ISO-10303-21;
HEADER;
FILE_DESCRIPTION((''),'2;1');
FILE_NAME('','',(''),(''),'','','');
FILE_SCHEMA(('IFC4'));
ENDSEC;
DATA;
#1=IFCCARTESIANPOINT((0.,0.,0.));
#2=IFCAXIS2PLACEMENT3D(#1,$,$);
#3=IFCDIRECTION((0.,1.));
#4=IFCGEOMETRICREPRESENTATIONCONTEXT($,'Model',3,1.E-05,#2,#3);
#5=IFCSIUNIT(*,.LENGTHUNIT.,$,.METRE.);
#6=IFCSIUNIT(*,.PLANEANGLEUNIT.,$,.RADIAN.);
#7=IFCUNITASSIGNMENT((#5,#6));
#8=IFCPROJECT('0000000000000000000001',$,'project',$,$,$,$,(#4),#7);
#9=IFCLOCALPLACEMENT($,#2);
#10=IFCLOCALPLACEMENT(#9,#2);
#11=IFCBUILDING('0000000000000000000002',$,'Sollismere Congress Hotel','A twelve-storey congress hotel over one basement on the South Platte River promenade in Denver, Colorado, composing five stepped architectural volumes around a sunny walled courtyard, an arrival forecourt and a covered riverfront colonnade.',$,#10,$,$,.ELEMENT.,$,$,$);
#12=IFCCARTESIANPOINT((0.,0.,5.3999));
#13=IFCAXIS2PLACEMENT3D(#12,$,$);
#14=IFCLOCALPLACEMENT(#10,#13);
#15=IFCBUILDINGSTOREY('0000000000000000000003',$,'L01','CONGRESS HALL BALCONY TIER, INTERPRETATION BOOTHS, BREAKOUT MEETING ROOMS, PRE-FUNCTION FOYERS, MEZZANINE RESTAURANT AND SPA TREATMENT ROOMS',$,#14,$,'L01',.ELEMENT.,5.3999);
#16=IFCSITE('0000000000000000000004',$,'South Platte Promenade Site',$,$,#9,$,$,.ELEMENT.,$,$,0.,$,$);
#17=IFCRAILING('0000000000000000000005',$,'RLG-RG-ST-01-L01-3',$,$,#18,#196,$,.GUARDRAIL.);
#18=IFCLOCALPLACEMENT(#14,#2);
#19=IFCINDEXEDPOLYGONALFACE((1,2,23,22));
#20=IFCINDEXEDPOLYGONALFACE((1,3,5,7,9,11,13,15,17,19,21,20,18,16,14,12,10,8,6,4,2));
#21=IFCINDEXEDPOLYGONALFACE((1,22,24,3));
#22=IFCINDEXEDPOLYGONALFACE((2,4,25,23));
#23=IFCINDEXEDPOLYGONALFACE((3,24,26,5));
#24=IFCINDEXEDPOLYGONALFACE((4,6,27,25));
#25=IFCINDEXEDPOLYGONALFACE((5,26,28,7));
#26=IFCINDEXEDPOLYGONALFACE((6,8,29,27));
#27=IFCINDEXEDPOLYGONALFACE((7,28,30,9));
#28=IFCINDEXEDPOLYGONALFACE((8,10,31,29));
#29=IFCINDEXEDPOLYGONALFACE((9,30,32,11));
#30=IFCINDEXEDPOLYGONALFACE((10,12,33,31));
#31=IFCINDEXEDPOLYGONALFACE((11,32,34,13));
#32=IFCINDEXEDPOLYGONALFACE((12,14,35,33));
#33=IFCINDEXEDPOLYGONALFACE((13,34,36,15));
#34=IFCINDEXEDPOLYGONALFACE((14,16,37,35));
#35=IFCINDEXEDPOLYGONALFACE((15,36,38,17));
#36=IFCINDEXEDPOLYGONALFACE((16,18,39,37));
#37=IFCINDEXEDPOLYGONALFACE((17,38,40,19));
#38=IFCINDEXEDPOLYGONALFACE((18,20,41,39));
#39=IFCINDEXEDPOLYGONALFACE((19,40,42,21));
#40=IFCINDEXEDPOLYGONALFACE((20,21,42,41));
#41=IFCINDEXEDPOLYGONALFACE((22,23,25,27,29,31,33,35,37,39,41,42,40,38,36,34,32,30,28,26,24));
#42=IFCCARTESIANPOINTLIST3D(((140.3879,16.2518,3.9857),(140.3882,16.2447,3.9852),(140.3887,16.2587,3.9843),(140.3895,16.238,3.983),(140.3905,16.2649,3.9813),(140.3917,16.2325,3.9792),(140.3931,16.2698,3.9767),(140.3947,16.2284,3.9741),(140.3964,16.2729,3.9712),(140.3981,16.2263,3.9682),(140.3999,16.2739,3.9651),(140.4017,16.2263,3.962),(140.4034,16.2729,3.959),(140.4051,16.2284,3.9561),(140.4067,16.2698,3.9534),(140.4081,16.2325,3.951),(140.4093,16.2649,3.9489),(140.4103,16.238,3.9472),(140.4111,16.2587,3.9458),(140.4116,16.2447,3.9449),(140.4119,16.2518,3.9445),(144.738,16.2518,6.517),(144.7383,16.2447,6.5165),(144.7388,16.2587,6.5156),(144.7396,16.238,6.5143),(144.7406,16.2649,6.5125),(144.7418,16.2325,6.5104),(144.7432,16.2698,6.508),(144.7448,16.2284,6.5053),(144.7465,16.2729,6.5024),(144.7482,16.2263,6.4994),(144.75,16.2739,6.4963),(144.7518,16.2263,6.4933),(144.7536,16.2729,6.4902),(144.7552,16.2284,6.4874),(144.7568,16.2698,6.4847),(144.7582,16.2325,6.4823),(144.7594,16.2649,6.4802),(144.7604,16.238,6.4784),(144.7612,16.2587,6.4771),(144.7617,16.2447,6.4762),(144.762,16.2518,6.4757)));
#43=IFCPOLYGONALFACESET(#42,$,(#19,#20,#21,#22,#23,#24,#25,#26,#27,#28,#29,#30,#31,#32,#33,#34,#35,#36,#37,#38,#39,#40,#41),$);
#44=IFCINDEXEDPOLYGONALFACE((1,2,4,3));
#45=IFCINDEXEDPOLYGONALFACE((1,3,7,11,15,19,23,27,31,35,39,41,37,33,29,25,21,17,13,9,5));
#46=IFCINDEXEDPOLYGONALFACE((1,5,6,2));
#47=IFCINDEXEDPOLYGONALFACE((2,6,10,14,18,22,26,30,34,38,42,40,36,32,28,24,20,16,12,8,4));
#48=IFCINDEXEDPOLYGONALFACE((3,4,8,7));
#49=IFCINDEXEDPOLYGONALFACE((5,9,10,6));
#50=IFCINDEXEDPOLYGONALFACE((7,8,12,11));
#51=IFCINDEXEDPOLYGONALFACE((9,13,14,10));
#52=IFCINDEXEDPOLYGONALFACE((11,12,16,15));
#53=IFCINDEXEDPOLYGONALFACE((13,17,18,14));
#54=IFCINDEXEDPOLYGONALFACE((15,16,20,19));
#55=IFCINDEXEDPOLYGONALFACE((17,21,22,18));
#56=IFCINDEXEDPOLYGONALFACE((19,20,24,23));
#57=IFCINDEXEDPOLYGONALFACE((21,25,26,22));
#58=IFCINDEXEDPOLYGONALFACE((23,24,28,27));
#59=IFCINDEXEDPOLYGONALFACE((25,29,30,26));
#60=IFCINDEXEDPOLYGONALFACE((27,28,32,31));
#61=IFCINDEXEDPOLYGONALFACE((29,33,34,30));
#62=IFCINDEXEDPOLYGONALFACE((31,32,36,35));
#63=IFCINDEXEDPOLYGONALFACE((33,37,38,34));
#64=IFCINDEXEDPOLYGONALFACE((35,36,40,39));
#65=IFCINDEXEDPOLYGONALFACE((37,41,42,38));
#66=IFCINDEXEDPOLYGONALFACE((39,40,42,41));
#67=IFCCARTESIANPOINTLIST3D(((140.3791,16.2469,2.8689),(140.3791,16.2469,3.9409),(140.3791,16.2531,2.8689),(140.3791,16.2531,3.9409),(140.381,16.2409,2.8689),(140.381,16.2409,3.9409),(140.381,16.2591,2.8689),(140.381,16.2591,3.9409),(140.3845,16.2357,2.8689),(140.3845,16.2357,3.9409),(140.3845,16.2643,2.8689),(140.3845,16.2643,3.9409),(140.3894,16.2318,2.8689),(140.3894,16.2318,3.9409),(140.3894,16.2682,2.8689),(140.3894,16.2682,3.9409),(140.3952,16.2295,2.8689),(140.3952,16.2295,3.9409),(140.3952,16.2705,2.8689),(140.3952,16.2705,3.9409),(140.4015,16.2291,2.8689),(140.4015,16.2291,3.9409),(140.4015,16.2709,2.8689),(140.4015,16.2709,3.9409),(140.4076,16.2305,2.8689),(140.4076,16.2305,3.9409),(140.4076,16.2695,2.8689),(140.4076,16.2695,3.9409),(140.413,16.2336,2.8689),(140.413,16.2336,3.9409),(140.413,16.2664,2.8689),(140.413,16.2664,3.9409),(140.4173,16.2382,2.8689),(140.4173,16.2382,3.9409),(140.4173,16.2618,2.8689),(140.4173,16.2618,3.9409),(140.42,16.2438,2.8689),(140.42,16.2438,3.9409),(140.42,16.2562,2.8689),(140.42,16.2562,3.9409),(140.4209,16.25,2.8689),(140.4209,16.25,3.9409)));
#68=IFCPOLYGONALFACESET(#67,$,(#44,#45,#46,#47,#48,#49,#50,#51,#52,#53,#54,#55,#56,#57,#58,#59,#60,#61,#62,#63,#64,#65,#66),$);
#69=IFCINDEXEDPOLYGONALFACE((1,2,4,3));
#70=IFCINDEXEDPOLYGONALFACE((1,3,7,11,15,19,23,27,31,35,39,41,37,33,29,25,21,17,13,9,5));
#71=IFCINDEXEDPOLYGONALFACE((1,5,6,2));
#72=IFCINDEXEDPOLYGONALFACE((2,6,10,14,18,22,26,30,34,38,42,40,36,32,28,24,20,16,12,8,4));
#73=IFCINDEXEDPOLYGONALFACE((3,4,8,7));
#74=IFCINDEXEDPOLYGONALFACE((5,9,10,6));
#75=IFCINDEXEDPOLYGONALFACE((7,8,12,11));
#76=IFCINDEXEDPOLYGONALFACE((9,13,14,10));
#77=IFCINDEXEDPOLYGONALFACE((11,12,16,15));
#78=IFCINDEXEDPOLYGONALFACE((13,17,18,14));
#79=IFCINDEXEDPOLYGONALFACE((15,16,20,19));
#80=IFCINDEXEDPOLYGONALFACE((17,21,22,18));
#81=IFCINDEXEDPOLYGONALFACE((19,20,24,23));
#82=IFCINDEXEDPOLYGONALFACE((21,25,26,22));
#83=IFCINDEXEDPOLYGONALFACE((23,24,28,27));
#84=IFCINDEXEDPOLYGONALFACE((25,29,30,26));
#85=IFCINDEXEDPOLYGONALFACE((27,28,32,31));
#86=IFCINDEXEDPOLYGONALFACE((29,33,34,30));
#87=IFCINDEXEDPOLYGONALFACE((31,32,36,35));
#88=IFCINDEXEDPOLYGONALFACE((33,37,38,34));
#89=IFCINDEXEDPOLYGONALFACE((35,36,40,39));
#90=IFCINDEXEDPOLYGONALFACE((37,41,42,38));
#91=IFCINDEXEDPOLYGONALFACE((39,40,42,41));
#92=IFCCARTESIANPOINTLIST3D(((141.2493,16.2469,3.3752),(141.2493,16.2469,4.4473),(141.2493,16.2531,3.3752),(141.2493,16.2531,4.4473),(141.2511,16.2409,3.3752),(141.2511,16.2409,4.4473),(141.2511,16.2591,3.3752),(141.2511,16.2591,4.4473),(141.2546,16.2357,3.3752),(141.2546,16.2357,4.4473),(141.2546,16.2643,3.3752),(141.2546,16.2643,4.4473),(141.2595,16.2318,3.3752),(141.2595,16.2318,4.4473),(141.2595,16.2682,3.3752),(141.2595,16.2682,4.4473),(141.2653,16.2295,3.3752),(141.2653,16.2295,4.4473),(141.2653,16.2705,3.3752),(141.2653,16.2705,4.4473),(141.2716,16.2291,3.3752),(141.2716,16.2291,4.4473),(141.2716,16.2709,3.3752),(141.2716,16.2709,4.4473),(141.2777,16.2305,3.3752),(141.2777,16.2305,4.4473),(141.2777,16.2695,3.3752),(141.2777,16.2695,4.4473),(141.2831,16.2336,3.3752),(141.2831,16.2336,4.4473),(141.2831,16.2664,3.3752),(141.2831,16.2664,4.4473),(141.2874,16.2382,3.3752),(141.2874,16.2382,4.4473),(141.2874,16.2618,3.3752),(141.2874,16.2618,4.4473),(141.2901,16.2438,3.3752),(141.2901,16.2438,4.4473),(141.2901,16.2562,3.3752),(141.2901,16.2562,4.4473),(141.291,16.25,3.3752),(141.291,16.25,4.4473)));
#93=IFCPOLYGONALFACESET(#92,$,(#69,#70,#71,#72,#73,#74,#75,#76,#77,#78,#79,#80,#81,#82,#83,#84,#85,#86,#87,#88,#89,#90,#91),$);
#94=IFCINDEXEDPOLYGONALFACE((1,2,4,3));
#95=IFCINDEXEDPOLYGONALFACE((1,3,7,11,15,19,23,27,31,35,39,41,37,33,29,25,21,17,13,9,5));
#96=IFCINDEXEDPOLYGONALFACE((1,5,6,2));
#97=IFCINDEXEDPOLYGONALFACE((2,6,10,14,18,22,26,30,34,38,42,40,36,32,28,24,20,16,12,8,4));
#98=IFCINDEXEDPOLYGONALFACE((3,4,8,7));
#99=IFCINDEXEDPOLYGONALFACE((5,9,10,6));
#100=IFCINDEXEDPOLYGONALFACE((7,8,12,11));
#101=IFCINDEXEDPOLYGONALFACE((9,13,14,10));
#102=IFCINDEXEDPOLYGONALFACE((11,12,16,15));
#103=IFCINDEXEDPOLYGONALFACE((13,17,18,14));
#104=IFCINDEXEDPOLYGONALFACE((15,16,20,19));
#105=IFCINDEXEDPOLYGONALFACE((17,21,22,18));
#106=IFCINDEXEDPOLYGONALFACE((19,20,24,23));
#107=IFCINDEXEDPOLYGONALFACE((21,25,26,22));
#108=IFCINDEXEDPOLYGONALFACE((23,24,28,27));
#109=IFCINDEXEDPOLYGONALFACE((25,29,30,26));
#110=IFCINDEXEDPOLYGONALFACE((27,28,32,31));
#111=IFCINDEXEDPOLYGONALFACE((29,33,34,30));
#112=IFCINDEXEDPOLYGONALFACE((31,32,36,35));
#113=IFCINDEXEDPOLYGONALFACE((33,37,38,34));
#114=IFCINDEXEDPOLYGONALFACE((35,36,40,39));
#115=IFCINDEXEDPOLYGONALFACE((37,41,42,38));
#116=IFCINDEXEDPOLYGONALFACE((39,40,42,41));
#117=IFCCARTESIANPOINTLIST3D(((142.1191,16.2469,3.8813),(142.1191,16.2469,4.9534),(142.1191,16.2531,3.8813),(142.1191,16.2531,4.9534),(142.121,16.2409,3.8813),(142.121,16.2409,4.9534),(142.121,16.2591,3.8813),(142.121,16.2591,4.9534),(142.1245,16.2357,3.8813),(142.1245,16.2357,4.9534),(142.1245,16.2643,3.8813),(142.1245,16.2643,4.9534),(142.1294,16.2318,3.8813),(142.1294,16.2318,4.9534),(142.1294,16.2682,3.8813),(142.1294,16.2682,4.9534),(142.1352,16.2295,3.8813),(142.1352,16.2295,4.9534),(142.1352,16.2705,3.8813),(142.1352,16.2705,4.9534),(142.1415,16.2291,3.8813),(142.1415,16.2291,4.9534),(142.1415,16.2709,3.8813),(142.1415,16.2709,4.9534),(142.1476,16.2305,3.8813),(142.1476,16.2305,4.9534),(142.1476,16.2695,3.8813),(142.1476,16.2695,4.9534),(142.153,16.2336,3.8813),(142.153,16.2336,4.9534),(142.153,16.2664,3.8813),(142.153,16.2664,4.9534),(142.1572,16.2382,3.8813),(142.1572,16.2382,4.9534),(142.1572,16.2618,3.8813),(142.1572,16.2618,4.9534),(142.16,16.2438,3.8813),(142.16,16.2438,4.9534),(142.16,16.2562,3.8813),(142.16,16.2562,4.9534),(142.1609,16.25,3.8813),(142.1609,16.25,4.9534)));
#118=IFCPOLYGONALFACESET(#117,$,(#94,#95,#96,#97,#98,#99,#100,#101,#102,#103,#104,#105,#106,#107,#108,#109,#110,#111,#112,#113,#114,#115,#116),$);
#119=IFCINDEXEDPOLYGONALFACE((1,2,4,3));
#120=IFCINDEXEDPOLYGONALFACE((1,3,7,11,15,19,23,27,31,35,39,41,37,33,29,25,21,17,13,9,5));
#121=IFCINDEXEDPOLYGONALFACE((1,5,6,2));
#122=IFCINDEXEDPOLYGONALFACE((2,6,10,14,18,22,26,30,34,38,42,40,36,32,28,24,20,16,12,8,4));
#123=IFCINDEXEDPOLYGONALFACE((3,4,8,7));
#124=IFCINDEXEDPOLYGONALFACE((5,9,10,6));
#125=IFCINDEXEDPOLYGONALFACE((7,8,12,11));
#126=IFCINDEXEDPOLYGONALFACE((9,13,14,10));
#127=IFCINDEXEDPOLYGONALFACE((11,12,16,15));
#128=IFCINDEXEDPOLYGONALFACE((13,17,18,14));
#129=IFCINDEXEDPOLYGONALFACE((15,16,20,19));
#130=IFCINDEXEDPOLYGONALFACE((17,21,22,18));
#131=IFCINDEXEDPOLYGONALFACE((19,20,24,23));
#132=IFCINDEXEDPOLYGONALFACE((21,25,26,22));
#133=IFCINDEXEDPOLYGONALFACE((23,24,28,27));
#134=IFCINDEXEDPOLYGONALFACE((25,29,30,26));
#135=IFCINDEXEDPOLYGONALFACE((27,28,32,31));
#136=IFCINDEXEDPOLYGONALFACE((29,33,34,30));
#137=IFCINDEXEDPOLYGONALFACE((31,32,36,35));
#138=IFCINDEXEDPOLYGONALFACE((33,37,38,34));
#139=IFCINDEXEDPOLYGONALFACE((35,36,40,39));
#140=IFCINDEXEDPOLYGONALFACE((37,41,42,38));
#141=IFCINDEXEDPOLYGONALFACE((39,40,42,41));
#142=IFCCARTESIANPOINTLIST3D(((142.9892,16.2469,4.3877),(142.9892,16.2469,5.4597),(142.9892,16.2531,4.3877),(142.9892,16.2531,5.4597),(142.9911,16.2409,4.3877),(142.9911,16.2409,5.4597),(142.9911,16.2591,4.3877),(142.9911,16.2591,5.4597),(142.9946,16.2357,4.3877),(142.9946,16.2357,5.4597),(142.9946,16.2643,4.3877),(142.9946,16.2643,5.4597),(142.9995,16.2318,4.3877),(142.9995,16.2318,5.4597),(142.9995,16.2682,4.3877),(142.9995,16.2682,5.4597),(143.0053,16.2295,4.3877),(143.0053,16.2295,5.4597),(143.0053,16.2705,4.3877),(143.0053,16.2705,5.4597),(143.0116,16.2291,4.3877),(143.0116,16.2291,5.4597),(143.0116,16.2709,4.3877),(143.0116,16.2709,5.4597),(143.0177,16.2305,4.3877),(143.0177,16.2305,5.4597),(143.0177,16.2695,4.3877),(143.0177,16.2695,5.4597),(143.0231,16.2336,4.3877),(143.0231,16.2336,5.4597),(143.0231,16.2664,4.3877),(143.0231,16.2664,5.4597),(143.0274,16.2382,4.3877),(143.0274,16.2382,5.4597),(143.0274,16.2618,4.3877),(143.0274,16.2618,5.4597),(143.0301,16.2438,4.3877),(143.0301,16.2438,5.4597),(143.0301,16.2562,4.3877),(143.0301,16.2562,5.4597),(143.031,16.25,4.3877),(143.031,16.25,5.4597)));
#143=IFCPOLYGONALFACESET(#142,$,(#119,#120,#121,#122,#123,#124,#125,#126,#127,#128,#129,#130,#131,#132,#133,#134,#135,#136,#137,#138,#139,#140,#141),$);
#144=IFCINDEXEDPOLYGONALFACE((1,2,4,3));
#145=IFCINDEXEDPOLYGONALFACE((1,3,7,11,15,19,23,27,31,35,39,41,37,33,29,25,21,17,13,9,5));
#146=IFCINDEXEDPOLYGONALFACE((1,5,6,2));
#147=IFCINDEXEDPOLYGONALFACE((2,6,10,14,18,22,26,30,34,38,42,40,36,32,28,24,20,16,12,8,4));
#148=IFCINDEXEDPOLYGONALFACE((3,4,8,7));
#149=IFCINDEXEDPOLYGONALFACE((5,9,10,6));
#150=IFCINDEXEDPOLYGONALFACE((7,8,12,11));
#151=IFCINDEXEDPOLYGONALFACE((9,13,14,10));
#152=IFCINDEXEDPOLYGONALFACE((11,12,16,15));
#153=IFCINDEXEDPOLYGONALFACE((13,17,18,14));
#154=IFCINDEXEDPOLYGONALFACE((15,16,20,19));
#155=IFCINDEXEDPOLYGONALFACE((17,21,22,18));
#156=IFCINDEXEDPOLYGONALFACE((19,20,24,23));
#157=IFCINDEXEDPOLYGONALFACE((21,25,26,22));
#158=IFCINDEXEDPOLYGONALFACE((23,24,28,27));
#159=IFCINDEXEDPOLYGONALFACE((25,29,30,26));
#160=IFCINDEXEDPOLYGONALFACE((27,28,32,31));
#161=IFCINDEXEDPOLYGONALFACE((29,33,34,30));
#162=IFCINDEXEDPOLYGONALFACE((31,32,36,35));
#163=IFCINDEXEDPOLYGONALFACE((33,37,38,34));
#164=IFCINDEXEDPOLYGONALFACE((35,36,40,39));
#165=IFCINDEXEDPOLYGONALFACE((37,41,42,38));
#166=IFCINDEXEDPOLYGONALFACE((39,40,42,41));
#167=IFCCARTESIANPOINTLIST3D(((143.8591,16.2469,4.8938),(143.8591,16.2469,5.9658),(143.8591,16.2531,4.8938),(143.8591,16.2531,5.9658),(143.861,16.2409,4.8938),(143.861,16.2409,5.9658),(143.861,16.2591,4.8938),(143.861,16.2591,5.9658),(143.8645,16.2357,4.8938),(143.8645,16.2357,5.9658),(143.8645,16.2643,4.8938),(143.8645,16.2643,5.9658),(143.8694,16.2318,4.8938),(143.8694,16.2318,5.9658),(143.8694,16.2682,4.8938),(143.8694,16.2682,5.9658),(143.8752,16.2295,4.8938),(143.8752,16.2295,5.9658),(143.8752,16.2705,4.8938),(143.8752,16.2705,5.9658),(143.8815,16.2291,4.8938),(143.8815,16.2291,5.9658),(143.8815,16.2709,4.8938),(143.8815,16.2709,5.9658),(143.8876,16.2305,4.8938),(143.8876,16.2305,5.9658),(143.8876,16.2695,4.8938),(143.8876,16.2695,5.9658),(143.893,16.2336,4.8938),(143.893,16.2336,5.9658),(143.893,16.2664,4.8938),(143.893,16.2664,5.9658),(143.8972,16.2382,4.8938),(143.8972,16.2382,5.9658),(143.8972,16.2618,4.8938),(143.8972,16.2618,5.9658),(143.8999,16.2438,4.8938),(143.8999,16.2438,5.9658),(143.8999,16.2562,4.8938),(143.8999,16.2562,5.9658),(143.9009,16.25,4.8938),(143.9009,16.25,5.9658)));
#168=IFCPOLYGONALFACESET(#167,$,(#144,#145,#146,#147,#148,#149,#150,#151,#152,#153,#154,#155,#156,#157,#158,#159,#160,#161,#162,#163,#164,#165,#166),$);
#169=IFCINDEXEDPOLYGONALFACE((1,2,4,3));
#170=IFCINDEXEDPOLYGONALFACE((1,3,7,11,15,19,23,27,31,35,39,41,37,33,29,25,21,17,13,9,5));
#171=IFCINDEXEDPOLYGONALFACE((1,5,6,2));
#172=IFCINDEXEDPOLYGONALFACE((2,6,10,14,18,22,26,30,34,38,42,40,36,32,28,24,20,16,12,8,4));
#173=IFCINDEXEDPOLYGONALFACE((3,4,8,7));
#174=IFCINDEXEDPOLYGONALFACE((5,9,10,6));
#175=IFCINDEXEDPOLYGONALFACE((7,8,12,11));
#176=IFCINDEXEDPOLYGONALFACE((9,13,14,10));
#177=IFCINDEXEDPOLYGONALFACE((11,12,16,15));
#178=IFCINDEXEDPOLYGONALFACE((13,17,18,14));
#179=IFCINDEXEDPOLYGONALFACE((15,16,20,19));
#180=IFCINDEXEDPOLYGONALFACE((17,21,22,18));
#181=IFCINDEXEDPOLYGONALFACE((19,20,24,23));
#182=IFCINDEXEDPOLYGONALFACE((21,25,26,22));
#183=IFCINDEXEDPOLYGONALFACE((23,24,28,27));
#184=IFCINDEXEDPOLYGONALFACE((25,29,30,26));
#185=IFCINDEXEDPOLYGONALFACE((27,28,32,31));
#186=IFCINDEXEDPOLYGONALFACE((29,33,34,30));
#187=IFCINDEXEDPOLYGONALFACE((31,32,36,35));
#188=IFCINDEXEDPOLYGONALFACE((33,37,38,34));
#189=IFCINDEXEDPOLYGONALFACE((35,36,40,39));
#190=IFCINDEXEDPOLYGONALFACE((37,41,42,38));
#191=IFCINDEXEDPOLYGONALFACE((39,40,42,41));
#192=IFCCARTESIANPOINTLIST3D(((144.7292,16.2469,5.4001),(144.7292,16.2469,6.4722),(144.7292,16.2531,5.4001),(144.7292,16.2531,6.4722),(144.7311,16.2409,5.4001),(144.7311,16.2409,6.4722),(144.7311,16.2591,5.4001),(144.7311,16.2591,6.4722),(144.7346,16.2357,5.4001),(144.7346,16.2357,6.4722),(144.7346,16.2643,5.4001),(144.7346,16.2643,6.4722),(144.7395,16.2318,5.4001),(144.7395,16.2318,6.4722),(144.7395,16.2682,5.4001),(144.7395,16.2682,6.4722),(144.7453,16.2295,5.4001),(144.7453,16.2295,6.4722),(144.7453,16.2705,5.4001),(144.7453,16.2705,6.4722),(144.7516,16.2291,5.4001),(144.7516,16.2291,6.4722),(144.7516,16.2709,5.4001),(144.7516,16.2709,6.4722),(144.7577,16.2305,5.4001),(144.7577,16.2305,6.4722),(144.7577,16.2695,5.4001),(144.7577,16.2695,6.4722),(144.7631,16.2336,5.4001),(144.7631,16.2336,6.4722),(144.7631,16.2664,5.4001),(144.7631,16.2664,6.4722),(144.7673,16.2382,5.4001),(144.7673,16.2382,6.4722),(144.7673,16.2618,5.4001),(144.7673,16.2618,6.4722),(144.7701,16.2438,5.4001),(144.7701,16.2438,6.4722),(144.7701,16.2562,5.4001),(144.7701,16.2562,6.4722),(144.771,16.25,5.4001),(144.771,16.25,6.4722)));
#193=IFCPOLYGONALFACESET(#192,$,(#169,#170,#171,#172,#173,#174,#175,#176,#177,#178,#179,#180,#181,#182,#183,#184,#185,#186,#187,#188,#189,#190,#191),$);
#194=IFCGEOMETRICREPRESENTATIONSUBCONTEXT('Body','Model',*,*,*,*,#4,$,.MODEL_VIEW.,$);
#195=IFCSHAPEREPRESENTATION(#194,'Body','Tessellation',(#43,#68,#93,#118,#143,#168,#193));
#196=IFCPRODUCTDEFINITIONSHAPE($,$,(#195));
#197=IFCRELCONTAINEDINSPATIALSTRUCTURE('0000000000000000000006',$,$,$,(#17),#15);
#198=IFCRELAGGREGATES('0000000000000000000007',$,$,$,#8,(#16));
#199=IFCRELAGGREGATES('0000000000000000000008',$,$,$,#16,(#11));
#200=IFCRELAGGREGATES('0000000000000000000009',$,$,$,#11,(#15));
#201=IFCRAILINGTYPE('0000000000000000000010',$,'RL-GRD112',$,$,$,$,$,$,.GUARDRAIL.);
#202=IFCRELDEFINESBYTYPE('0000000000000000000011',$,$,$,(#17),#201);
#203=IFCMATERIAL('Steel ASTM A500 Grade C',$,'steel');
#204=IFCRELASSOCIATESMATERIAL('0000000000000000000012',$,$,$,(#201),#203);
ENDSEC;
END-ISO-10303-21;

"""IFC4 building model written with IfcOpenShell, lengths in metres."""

from ifc_helpers import new_model, si_unit, direction, frame, origin, origin_2d, place, context, subcontext, project, spatial, circle, extrude, material, type_object, element, save


model = new_model("IFC4")

# Units and contexts
model_context = context("Model", 3, precision=1e-05, world=origin(), true_north=direction((0.0, 1.0)))
body_context = subcontext(model_context, "Body", "Model", "MODEL_VIEW")
ifc_project = project(units=[si_unit("LENGTHUNIT", "METRE"), si_unit("PLANEANGLEUNIT", "RADIAN")], contexts=[model_context])

# Site, building, storey
site_placement = place(None, origin())
site = spatial("IfcSite", under=ifc_project, at=site_placement, Name="South Platte Promenade Site", CompositionType="ELEMENT", RefElevation=0.0)
building_placement = place(site_placement, origin())
building = spatial("IfcBuilding", under=site, at=building_placement, Name="Sollismere Congress Hotel", Description="A twelve-storey congress hotel over one basement on the South Platte River promenade in Denver, Colorado, composing five stepped architectural volumes around a sunny walled courtyard, an arrival forecourt and a covered riverfront colonnade.", CompositionType="ELEMENT")
storey_placement = place(building_placement, frame((0.0, 0.0, 5.3999)))
storey = spatial("IfcBuildingStorey", under=building, at=storey_placement, Name="L01", Description="CONGRESS HALL BALCONY TIER, INTERPRETATION BOOTHS, BREAKOUT MEETING ROOMS, PRE-FUNCTION FOYERS, MEZZANINE RESTAURANT AND SPA TREATMENT ROOMS", LongName="L01", CompositionType="ELEMENT", Elevation=5.3999)

# Railing
ifc_material_1 = material(Name="Steel ASTM A500 Grade C", Category="steel")
railing_type_1 = type_object("IfcRailingType", Name="RL-GRD112", PredefinedType="GUARDRAIL", material=ifc_material_1)
railing_1_placement = place(storey_placement, frame((140.3999, 16.25, 2.8689)))
element("IfcRailing", 1, at=railing_1_placement, inside=storey, type_object=railing_type_1, Name="RLG-RG-ST-01-L01-3", PredefinedType="GUARDRAIL", context=body_context, shape_type="SweptSolid", body=[
    extrude(circle(Radius=0.0239, at=origin_2d()), frame((0.0, 0.0, 1.0962), z_axis=(0.864324, 0.0, 0.502936), x_axis=(0.0, 1.0, 0.0)), (0.0, 0.0, 1.0), 5.033),
    extrude(circle(Radius=0.021, at=origin_2d()), origin(), (0.0, 0.0, 1.0), 1.072),
    extrude(circle(Radius=0.021, at=origin_2d()), frame((0.8701, 0.0, 0.5063)), (0.0, 0.0, 1.0), 1.072),
    extrude(circle(Radius=0.021, at=origin_2d()), frame((1.74, 0.0, 1.0125)), (0.0, 0.0, 1.0), 1.072),
    extrude(circle(Radius=0.021, at=origin_2d()), frame((2.6101, 0.0, 1.5188)), (0.0, 0.0, 1.0), 1.072),
    extrude(circle(Radius=0.021, at=origin_2d()), frame((3.48, 0.0, 2.0249)), (0.0, 0.0, 1.0), 1.072),
    extrude(circle(Radius=0.021, at=origin_2d()), frame((4.3501, 0.0, 2.5312)), (0.0, 0.0, 1.0), 1.072),
])

save(model, "model.ifc")
